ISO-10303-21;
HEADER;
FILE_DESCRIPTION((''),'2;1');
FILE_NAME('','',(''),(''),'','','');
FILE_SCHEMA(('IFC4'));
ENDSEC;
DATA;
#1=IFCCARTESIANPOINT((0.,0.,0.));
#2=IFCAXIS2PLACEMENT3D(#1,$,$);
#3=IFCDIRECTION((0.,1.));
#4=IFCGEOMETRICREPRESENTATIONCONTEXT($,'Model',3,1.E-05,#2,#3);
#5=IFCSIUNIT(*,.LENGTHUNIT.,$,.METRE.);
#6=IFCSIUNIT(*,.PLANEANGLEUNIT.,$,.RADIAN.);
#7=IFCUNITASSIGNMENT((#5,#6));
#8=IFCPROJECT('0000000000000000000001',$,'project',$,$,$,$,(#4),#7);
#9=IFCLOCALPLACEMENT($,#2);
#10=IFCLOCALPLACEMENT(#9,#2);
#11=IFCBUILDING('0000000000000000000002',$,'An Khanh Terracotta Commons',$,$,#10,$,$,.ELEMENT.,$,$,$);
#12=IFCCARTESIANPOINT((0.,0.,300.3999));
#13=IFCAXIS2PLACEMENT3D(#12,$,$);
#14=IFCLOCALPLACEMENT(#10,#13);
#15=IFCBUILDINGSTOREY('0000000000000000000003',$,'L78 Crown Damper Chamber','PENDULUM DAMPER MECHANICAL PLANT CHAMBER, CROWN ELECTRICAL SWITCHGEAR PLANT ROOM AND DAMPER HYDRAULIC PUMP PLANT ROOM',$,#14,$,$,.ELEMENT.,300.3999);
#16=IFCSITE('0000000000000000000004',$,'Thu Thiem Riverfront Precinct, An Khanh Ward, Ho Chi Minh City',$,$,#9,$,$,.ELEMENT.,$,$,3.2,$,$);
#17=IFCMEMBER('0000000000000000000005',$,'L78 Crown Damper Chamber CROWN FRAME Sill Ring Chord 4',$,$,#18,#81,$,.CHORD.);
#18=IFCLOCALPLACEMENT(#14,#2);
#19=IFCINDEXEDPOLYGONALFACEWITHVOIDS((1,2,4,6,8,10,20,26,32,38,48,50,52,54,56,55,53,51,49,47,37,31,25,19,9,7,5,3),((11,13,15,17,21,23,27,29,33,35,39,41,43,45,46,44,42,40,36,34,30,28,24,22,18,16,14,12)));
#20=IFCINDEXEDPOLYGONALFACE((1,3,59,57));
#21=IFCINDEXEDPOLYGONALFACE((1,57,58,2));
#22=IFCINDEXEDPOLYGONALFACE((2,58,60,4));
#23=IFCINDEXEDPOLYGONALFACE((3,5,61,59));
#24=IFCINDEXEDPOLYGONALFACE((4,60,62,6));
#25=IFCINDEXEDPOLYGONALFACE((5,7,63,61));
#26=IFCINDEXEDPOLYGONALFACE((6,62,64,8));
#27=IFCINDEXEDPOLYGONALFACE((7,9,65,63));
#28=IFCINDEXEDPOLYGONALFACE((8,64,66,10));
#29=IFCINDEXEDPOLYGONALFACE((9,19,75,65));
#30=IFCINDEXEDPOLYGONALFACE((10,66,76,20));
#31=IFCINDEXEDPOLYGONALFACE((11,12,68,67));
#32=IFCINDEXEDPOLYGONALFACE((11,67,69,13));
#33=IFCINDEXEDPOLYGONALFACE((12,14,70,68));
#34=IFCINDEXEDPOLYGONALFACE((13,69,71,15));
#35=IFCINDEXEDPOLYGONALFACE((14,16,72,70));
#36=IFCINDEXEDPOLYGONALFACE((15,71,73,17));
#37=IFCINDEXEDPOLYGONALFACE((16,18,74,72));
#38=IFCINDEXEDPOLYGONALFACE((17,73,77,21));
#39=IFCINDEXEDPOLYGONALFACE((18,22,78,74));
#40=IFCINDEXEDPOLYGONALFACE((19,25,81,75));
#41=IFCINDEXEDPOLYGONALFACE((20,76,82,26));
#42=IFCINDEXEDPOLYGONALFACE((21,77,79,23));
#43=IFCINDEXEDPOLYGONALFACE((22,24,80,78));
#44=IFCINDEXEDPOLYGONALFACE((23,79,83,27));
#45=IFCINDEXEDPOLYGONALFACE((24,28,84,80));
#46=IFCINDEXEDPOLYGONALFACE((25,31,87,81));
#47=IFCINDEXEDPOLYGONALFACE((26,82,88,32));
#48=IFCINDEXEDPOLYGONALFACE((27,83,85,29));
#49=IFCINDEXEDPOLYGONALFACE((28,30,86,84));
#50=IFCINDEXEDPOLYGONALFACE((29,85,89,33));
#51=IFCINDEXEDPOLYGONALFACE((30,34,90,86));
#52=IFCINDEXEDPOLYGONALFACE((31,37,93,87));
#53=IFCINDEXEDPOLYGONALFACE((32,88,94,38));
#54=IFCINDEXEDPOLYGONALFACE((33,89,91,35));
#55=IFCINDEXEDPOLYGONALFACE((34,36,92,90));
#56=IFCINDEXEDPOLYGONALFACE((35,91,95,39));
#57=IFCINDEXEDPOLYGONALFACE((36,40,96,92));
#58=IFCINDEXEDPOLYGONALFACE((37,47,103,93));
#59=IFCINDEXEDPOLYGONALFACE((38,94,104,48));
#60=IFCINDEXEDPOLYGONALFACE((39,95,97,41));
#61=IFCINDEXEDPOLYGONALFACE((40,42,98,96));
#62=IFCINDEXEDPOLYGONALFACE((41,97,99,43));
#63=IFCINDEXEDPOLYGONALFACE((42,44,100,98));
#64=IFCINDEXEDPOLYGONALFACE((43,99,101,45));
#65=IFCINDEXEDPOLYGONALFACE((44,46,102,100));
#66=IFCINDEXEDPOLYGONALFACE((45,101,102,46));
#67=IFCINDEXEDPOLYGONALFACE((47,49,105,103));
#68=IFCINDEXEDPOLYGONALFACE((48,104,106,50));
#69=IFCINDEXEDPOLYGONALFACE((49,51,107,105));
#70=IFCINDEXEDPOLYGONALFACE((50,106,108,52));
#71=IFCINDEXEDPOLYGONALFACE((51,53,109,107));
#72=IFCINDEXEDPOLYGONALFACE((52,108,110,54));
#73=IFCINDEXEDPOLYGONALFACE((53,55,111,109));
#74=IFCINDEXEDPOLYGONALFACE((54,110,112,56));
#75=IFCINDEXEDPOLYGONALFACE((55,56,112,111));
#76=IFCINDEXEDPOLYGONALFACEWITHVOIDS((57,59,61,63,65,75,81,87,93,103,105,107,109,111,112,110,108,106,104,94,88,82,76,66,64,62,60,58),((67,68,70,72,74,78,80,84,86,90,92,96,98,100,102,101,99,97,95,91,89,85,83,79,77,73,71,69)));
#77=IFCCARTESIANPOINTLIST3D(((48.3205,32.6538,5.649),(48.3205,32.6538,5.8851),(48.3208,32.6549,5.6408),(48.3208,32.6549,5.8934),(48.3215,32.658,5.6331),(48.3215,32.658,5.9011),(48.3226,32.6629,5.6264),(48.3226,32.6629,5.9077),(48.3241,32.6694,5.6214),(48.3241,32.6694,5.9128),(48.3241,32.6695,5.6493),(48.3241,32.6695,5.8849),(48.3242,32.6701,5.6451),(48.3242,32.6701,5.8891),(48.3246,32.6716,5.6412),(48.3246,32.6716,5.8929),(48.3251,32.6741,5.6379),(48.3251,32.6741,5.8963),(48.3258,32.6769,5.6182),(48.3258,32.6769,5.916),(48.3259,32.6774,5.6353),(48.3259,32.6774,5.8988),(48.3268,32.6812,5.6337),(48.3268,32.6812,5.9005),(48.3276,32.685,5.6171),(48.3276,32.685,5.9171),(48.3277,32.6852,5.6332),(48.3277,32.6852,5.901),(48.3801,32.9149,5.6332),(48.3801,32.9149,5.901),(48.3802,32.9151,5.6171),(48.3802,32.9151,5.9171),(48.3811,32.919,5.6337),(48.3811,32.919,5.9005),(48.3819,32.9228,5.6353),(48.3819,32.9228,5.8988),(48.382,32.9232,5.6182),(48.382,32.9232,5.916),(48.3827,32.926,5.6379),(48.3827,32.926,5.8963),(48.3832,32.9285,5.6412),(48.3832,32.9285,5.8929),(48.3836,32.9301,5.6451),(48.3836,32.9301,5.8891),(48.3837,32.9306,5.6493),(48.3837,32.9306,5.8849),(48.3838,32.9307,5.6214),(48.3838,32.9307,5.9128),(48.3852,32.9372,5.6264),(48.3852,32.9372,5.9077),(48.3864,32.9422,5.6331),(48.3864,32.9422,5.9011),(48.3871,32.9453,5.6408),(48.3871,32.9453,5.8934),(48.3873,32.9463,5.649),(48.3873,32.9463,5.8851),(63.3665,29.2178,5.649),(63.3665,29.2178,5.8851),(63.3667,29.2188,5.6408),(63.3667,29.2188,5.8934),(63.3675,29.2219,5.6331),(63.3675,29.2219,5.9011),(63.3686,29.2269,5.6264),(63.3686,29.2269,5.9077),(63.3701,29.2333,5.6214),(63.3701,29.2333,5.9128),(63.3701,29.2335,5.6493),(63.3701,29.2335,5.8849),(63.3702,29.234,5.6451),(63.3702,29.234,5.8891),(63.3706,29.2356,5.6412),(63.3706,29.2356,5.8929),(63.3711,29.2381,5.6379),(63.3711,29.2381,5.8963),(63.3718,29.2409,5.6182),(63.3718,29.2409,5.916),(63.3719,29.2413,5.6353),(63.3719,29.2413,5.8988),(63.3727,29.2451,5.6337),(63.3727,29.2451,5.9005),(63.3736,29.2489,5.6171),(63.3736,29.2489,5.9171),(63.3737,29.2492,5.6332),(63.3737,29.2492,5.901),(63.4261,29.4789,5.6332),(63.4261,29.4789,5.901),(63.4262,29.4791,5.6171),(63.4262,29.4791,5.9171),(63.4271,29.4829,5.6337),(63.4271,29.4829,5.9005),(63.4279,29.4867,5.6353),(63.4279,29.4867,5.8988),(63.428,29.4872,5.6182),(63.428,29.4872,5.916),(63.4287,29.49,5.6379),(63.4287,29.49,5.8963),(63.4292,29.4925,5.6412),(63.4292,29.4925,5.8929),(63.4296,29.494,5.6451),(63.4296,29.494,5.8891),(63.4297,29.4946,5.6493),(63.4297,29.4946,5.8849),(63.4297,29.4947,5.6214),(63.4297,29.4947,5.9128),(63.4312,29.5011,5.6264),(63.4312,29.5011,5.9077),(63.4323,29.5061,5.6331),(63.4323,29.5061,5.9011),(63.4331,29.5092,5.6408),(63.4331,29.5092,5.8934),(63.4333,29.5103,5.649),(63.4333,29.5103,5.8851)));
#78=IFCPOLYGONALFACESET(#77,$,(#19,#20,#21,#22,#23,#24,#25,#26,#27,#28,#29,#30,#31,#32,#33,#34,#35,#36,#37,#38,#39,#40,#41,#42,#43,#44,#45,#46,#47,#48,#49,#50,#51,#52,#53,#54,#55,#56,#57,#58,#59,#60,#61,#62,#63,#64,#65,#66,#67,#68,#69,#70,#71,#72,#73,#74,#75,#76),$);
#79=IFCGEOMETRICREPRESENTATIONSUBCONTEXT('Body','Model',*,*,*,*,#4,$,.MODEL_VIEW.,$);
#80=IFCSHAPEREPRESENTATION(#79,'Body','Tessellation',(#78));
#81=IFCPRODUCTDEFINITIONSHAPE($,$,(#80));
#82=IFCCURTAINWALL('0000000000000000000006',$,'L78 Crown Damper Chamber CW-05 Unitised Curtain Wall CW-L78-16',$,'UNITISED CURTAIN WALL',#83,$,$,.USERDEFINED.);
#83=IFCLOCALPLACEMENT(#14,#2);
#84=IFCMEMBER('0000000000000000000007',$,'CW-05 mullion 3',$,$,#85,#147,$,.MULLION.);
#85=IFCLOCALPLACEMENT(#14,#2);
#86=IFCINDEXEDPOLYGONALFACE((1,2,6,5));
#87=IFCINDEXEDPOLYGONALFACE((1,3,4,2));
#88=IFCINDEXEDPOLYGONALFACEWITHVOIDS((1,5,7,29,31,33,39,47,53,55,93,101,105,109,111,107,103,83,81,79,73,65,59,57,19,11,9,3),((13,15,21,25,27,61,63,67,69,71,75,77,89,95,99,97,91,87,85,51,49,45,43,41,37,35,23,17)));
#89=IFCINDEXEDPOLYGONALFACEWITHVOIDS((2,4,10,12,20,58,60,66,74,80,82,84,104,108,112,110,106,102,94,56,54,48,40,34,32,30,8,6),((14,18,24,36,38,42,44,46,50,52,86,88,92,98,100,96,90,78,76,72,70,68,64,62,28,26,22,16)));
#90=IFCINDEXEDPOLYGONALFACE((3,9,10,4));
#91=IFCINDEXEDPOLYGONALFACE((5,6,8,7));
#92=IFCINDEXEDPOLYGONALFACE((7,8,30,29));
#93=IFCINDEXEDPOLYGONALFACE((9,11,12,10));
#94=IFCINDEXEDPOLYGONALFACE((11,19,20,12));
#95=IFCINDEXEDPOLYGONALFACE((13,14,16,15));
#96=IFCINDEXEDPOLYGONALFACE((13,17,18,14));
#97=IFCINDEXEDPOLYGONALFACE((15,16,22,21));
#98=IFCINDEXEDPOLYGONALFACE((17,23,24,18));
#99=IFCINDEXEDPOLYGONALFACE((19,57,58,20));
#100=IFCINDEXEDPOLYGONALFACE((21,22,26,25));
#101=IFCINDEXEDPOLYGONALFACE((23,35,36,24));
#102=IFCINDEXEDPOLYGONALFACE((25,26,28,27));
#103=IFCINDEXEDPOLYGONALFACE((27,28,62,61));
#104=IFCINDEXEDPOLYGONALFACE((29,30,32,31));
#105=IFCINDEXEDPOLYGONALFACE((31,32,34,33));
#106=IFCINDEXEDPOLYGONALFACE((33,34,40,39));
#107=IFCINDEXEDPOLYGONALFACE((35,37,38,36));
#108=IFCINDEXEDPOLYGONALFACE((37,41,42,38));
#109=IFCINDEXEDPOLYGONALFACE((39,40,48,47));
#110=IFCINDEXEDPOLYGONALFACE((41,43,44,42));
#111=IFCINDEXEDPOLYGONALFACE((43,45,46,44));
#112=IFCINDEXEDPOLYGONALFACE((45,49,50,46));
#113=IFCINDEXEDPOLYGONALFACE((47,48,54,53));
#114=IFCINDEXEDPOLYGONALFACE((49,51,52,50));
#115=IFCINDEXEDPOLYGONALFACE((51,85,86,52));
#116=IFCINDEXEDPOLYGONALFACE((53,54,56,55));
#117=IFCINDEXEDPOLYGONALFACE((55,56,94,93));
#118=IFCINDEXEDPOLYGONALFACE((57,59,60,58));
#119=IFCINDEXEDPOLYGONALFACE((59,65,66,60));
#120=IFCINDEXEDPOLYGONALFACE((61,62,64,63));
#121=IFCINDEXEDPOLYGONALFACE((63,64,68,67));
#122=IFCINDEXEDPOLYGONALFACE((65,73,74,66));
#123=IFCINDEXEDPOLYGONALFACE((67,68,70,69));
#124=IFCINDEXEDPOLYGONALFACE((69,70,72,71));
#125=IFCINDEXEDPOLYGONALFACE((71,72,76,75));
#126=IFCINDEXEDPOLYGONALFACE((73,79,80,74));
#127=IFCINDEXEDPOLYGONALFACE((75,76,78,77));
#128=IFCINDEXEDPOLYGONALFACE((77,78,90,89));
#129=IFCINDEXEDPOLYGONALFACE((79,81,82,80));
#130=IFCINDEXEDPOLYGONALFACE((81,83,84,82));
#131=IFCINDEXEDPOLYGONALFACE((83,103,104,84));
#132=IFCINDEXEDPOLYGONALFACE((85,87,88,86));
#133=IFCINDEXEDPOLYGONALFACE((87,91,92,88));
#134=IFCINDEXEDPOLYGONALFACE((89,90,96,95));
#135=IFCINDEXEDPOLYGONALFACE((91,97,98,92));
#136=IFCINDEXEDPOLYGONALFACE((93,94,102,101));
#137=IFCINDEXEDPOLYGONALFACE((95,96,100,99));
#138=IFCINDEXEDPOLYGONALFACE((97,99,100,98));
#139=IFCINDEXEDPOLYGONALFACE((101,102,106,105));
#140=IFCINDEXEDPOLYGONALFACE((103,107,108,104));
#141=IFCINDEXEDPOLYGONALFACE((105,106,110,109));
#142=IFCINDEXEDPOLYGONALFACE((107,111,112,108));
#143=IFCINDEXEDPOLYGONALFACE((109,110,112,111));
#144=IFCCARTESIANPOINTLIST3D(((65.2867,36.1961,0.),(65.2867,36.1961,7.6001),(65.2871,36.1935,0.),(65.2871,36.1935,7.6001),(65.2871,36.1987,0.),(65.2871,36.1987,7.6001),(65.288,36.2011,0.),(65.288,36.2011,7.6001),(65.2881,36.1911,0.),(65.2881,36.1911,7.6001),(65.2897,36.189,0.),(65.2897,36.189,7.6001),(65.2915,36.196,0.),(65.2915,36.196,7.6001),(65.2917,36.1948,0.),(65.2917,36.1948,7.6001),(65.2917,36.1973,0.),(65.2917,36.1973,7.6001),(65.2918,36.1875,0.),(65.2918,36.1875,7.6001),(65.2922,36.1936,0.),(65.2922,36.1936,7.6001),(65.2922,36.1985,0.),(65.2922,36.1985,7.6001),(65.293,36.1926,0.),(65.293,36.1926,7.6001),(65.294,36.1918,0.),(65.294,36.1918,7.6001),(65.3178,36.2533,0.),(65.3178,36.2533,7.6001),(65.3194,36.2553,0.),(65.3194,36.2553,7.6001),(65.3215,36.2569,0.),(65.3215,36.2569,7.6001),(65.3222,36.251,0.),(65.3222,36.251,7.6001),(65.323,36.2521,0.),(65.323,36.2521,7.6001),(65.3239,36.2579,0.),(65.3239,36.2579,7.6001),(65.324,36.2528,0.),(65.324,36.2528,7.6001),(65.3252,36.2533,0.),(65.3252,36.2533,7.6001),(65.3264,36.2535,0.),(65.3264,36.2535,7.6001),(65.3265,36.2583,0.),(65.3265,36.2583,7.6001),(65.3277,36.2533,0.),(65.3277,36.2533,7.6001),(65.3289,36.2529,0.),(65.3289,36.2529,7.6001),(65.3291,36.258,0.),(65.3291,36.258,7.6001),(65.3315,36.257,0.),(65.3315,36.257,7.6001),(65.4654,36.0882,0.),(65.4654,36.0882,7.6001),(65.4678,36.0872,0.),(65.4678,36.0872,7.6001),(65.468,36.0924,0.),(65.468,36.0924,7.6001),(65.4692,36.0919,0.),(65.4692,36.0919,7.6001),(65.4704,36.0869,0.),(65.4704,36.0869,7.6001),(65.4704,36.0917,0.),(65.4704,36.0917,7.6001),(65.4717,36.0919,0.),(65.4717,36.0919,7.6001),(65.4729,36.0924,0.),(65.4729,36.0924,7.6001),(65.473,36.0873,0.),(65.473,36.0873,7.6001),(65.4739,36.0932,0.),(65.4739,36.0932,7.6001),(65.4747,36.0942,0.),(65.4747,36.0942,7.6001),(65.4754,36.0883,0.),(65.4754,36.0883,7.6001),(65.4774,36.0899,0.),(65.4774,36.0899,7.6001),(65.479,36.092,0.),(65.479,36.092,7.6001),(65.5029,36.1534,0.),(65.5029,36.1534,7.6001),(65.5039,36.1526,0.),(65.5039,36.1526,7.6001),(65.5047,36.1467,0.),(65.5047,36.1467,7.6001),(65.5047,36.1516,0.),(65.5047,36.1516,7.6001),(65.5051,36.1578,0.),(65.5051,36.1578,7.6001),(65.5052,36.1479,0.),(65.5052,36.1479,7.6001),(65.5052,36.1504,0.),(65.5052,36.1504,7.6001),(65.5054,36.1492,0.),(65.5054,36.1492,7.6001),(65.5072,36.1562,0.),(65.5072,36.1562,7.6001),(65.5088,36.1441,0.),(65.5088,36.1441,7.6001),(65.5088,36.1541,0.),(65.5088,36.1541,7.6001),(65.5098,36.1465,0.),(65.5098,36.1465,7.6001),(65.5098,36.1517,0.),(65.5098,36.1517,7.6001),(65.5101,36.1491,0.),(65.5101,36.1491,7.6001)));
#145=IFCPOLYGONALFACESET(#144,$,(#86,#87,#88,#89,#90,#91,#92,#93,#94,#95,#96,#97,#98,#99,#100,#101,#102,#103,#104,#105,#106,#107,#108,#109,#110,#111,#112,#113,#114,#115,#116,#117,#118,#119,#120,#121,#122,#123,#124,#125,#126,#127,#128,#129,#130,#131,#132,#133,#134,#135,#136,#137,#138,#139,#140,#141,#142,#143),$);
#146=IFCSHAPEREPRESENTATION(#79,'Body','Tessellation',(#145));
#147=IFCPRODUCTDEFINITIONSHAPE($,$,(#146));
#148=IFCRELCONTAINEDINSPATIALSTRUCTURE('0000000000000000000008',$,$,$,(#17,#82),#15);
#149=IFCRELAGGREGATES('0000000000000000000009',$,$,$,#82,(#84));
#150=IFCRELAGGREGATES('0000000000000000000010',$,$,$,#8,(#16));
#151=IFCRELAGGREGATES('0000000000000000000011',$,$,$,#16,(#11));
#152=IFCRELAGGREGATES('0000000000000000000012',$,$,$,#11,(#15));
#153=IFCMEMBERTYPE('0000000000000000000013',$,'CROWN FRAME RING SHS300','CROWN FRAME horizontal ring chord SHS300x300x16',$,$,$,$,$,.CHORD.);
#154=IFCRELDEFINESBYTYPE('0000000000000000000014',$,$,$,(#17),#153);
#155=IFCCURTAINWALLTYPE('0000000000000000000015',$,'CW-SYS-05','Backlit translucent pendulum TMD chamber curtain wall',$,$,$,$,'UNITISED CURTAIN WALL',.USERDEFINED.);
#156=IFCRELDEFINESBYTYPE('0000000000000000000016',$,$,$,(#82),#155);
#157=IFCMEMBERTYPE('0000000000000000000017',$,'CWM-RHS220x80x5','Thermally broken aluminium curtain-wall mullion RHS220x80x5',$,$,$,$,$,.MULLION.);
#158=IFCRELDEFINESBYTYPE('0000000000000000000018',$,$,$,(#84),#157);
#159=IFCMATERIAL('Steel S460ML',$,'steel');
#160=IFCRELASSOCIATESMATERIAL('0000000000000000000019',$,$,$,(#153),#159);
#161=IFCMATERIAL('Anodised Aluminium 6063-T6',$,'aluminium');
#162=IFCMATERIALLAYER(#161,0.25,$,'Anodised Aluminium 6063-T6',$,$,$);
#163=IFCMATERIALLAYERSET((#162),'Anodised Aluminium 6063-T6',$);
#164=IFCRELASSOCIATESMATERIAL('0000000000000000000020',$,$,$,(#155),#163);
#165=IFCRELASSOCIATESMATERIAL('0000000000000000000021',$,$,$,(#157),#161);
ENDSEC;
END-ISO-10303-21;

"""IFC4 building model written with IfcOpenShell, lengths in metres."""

from ifc_helpers import new_model, si_unit, direction, frame, origin, origin_2d, place, context, subcontext, project, spatial, hollow_rectangle, extrude, material, layer, layer_set, material_profile, profile_set, type_object, element, aggregate, save


model = new_model("IFC4")

# Units and contexts
model_context = context("Model", 3, precision=1e-05, world=origin(), true_north=direction((0.0, 1.0)))
body_context = subcontext(model_context, "Body", "Model", "MODEL_VIEW")
ifc_project = project(units=[si_unit("LENGTHUNIT", "METRE"), si_unit("PLANEANGLEUNIT", "RADIAN")], contexts=[model_context])

# Site, building, storey
site_placement = place(None, origin())
site = spatial("IfcSite", under=ifc_project, at=site_placement, Name="Thu Thiem Riverfront Precinct, An Khanh Ward, Ho Chi Minh City", CompositionType="ELEMENT", RefElevation=3.2)
building_placement = place(site_placement, origin())
building = spatial("IfcBuilding", under=site, at=building_placement, Name="An Khanh Terracotta Commons", CompositionType="ELEMENT")
storey_placement = place(building_placement, frame((0.0, 0.0, 300.3999)))
storey = spatial("IfcBuildingStorey", under=building, at=storey_placement, Name="L78 Crown Damper Chamber", Description="PENDULUM DAMPER MECHANICAL PLANT CHAMBER, CROWN ELECTRICAL SWITCHGEAR PLANT ROOM AND DAMPER HYDRAULIC PUMP PLANT ROOM", CompositionType="ELEMENT", Elevation=300.3999)

# Member
ifc_material_1 = material(Name="Steel S460ML", Category="steel")
ifc_material_profile_1 = material_profile(ifc_material_1, hollow_rectangle(XDim=0.3, YDim=0.3, WallThickness=0.0161, InnerFilletRadius=0.0161, OuterFilletRadius=0.032, at=origin_2d()), Name="SHS300x300x16")
ifc_profile_set_1 = profile_set([ifc_material_profile_1], Name="Steel S460ML")
member_type_1 = type_object("IfcMemberType", Name="CROWN FRAME RING SHS300", Description="CROWN FRAME horizontal ring chord SHS300x300x16", PredefinedType="CHORD", material=ifc_profile_set_1)
member_1_placement = place(storey_placement, frame((63.3999, 29.364, 5.7671), z_axis=(-0.974901, 0.222638, 0.0), x_axis=(-0.222638, -0.974901, 0.0)))
element("IfcMember", 1, at=member_1_placement, inside=storey, type_object=member_type_1, Name="L78 Crown Damper Chamber CROWN FRAME Sill Ring Chord 4", PredefinedType="CHORD", context=body_context, shape_type="SweptSolid", body=[
    extrude(hollow_rectangle(XDim=0.3, YDim=0.3, WallThickness=0.0161, InnerFilletRadius=0.0161, OuterFilletRadius=0.032, at=origin_2d()), origin(), (0.0, 0.0, 1.0), 15.4333),
])

# Curtain wall, member
ifc_material_2 = material(Name="Anodised Aluminium 6063-T6", Category="aluminium")
ifc_layer_1 = layer(ifc_material_2, 0.25, Name="Anodised Aluminium 6063-T6")
ifc_layer_set_1 = layer_set([ifc_layer_1], Name="Anodised Aluminium 6063-T6")
curtain_wall_type = type_object("IfcCurtainWallType", Name="CW-SYS-05", Description="Backlit translucent pendulum TMD chamber curtain wall", ElementType="UNITISED CURTAIN WALL", PredefinedType="USERDEFINED", material=ifc_layer_set_1)
curtain_wall_1_placement = place(storey_placement, origin())
curtain_wall_1 = element("IfcCurtainWall", 2, at=curtain_wall_1_placement, inside=storey, type_object=curtain_wall_type, Name="L78 Crown Damper Chamber CW-05 Unitised Curtain Wall CW-L78-16", ObjectType="UNITISED CURTAIN WALL", PredefinedType="USERDEFINED")
ifc_material_profile_2 = material_profile(ifc_material_2, hollow_rectangle(XDim=0.0801, YDim=0.22, WallThickness=0.0049, InnerFilletRadius=0.0049, OuterFilletRadius=0.01, at=origin_2d()), Name="RHS220x80x5")
ifc_profile_set_2 = profile_set([ifc_material_profile_2], Name="Anodised Aluminium 6063-T6")
member_type_2 = type_object("IfcMemberType", Name="CWM-RHS220x80x5", Description="Thermally broken aluminium curtain-wall mullion RHS220x80x5", PredefinedType="MULLION", material=ifc_profile_set_2)
member_2_placement = place(storey_placement, frame((65.3984, 36.1726, 0.0), z_axis=(0.0, 0.0, 1.0), x_axis=(-0.496206, -0.868205, 0.0)))
member_2 = element("IfcMember", 3, at=member_2_placement, type_object=member_type_2, Name="CW-05 mullion 3", PredefinedType="MULLION", context=body_context, shape_type="SweptSolid", body=[
    extrude(hollow_rectangle(XDim=0.0801, YDim=0.22, WallThickness=0.0049, InnerFilletRadius=0.0049, OuterFilletRadius=0.01, at=origin_2d()), origin(), (0.0, 0.0, 1.0), 7.6001),
])

aggregate(curtain_wall_1, [member_2])

save(model, "model.ifc")
